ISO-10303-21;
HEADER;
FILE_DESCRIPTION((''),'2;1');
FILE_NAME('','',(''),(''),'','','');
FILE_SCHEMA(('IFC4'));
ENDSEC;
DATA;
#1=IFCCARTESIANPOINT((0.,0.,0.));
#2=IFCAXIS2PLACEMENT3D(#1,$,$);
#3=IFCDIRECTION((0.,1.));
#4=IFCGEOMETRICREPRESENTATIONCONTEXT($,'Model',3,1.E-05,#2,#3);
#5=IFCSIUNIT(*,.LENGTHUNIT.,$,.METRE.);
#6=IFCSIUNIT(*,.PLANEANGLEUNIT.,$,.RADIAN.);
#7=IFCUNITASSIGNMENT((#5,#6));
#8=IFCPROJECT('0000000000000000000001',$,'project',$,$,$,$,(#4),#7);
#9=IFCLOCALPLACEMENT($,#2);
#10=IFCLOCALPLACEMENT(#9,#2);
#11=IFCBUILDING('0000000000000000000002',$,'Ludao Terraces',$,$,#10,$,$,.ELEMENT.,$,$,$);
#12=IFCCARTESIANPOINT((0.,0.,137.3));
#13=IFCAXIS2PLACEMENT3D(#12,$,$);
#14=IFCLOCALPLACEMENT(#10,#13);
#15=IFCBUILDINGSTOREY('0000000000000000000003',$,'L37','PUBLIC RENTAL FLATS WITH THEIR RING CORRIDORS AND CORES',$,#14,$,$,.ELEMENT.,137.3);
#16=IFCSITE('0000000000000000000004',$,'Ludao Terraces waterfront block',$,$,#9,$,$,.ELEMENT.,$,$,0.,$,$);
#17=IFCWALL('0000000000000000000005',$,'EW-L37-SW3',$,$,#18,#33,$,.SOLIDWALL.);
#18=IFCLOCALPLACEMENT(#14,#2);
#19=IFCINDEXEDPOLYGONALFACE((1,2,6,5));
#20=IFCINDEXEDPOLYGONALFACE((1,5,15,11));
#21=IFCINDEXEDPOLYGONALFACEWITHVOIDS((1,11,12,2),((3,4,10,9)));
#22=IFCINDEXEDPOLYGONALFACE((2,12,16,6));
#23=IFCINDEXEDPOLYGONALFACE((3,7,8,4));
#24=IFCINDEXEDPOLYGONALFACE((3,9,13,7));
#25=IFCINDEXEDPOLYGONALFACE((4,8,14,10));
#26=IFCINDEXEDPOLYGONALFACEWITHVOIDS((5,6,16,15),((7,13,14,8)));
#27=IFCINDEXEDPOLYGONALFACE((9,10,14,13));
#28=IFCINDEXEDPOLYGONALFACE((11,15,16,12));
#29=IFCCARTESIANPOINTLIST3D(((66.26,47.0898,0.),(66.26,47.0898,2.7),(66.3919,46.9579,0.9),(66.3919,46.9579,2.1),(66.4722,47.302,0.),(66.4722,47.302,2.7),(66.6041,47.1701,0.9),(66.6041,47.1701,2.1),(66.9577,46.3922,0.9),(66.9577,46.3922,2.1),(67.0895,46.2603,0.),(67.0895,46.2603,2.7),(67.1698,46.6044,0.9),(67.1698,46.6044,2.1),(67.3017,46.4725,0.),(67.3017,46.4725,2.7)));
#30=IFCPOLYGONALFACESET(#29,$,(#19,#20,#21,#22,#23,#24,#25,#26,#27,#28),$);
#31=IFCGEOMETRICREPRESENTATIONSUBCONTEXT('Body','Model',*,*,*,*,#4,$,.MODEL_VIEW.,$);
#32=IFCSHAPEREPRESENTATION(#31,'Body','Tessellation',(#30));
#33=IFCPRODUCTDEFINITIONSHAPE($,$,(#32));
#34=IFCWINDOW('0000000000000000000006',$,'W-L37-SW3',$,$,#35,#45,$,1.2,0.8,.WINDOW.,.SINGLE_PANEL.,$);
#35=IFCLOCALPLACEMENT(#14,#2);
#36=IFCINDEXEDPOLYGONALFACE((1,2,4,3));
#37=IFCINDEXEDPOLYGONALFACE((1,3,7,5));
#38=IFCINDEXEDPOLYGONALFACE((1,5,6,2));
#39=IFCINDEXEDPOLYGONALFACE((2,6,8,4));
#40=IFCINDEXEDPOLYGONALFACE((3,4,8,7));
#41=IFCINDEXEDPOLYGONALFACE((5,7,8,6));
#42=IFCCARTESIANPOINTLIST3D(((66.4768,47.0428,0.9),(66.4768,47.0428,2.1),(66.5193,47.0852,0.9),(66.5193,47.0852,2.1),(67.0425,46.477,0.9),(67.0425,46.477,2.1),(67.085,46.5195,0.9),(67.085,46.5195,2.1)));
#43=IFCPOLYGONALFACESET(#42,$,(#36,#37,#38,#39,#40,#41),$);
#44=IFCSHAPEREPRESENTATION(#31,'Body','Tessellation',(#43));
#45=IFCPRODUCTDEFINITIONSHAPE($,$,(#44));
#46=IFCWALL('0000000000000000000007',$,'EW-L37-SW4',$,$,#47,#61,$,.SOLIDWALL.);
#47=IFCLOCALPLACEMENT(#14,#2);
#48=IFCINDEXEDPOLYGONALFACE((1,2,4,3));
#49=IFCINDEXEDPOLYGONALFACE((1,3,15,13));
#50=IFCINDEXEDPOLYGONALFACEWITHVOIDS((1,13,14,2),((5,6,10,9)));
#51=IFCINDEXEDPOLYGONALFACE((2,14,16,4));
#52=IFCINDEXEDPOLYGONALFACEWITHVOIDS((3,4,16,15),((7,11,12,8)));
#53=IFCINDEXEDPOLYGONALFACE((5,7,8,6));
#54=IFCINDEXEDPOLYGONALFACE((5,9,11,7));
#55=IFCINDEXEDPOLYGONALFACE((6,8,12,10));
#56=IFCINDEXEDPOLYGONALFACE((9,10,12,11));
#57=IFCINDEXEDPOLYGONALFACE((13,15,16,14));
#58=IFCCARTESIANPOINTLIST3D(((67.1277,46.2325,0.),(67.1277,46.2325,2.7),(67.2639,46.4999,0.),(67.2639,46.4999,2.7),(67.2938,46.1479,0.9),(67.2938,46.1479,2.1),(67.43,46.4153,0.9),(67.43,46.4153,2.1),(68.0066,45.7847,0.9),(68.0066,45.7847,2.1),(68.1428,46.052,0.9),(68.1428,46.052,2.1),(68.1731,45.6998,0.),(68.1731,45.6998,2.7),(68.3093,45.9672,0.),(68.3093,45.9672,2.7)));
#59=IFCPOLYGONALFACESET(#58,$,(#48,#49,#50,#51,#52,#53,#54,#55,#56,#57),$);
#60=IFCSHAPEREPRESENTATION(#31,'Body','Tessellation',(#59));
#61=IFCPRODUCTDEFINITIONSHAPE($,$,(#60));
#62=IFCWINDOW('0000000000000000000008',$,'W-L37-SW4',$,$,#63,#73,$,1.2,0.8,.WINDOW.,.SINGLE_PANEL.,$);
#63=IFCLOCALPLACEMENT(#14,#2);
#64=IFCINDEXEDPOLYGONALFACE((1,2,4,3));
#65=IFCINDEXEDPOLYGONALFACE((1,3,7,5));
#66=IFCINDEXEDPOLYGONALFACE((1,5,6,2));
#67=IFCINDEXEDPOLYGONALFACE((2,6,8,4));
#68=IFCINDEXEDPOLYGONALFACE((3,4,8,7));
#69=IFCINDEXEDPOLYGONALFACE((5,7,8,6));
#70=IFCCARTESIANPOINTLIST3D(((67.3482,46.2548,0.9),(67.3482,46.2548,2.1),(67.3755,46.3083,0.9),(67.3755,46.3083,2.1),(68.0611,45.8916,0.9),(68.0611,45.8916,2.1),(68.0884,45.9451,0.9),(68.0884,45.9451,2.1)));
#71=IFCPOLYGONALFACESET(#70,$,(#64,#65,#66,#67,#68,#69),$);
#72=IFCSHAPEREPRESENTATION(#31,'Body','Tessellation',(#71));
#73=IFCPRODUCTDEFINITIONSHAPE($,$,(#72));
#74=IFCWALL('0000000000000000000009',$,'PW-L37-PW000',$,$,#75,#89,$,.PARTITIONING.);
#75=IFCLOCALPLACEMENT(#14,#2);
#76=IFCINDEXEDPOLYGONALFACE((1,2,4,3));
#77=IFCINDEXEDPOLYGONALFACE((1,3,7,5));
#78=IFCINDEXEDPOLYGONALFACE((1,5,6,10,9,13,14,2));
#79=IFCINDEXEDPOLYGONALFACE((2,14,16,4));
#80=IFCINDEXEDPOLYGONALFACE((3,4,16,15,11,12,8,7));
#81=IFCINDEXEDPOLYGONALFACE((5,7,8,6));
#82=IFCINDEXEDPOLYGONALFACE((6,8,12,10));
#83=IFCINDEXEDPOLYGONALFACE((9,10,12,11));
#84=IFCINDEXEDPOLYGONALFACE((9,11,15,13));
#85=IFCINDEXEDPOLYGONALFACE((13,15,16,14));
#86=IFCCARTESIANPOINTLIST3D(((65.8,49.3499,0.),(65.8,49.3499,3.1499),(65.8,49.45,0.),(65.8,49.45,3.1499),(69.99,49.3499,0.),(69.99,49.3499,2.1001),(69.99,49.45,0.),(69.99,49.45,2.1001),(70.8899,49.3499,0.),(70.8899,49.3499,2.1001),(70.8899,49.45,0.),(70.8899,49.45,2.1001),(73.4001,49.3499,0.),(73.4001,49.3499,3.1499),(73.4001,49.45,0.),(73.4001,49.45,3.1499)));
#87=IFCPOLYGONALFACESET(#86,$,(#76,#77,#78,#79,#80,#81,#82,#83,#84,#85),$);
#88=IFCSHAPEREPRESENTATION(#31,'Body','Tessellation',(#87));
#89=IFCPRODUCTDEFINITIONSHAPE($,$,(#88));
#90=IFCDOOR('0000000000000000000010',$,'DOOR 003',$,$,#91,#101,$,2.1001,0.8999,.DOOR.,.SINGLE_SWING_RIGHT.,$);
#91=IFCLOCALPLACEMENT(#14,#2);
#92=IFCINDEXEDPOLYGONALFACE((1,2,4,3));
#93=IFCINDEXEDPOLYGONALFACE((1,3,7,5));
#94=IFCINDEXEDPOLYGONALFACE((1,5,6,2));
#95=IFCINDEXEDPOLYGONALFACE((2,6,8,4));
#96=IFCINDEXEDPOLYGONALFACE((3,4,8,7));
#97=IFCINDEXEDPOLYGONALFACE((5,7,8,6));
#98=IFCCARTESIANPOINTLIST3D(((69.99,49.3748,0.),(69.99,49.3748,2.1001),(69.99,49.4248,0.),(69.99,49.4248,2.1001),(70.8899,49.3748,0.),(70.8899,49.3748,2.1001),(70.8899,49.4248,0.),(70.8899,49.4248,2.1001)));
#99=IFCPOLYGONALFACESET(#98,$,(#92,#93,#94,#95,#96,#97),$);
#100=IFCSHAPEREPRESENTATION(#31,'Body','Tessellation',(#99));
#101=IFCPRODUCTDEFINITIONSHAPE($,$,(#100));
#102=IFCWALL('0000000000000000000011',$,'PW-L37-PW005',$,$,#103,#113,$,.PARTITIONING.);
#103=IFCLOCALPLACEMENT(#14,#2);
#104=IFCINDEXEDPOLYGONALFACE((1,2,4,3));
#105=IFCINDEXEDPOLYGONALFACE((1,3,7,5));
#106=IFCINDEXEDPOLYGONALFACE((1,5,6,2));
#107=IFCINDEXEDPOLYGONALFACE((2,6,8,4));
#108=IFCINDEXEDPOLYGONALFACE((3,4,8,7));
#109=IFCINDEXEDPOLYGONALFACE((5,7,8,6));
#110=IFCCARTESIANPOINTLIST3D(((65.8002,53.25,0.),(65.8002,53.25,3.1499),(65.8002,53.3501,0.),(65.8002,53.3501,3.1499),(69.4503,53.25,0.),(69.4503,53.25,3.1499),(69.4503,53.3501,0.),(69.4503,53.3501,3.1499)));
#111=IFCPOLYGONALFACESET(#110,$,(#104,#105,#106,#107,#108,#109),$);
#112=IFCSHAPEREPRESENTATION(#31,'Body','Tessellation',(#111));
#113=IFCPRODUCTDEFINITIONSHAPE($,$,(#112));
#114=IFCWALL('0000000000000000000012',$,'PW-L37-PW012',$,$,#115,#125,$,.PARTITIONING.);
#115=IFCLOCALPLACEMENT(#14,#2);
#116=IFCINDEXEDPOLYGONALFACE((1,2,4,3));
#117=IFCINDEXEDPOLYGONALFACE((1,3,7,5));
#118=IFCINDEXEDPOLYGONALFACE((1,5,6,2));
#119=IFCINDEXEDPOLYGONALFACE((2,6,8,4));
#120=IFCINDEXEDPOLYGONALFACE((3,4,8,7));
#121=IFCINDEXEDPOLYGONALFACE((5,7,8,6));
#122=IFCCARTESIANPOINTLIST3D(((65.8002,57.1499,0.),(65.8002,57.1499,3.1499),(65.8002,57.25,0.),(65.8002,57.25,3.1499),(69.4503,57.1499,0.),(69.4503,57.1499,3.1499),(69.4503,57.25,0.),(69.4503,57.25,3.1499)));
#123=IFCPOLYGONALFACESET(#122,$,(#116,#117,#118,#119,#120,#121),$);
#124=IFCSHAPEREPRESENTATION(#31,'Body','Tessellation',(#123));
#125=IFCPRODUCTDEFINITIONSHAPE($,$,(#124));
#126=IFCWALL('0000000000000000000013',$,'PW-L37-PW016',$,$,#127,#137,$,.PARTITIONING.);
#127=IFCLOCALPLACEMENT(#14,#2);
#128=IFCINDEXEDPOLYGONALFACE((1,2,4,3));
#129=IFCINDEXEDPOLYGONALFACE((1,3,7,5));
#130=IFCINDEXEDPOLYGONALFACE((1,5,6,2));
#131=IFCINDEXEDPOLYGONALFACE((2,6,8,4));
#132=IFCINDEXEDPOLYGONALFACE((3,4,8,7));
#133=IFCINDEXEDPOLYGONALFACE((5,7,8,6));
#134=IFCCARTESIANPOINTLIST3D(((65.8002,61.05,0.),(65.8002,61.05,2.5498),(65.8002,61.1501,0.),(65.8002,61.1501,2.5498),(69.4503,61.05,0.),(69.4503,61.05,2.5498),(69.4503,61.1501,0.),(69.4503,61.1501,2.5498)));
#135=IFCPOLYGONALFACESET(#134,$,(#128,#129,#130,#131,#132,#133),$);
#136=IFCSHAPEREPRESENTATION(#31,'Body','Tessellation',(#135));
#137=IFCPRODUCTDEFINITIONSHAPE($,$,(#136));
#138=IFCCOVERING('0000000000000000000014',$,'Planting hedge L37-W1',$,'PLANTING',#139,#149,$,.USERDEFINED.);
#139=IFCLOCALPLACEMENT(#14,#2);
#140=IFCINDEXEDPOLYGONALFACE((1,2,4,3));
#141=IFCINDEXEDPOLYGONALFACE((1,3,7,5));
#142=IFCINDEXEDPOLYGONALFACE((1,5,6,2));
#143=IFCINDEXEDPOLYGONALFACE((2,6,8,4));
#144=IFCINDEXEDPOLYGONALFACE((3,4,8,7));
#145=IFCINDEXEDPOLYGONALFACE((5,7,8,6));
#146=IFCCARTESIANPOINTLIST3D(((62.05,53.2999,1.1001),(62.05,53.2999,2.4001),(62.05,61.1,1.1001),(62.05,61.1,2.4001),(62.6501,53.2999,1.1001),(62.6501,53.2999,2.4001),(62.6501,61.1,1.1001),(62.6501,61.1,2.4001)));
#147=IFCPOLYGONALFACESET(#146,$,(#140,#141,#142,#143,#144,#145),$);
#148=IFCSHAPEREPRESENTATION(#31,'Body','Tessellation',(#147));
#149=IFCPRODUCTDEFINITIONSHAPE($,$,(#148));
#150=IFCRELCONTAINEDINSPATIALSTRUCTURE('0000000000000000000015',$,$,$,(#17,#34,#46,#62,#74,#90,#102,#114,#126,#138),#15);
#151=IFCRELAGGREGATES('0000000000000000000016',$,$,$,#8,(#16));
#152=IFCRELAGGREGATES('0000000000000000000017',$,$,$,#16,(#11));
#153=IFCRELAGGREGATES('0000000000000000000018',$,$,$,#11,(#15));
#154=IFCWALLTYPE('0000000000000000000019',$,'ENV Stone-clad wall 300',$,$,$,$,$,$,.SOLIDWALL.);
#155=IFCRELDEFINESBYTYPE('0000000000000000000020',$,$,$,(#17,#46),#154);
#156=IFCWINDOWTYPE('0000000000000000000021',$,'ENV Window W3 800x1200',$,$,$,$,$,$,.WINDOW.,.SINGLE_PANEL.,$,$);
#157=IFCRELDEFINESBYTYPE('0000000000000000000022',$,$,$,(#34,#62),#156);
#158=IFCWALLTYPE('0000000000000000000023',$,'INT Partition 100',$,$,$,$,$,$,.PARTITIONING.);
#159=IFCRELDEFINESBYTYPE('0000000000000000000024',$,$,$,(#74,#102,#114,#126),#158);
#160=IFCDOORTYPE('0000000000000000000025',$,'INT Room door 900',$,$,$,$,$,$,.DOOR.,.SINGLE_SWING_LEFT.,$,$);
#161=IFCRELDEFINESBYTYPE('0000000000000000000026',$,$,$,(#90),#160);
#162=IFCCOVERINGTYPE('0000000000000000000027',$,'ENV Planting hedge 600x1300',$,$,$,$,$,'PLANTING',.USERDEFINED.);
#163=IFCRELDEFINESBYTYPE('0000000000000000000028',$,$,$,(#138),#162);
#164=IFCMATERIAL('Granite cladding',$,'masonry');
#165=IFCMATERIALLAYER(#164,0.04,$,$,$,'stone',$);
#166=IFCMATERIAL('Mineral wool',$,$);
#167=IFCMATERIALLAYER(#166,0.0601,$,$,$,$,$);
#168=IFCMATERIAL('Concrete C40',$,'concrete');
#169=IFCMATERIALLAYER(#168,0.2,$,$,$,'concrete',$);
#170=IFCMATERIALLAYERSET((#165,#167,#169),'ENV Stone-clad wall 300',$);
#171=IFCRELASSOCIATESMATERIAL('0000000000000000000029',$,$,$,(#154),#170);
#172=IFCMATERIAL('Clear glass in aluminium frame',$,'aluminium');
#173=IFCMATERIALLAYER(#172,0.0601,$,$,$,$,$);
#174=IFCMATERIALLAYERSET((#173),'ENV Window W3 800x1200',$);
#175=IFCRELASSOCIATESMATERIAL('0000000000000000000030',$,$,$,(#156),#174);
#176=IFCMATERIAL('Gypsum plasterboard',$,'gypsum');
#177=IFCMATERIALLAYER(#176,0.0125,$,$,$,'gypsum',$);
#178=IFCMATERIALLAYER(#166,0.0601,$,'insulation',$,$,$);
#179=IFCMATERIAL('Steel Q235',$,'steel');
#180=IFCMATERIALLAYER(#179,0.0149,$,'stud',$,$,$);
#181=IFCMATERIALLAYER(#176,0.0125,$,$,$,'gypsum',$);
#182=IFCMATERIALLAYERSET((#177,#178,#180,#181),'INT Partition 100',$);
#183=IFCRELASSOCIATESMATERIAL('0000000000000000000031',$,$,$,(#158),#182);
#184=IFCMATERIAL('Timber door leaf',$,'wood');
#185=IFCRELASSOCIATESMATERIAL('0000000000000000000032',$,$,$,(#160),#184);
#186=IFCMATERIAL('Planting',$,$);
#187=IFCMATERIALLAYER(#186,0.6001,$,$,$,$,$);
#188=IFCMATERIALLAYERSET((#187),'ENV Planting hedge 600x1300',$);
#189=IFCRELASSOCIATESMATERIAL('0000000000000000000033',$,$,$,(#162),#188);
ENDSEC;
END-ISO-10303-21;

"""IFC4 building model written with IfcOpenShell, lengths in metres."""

from ifc_helpers import new_model, si_unit, direction, frame, frame_2d, origin, origin_2d, place, context, subcontext, project, spatial, rectangle, extrude, material, layer, layer_set, type_object, element, fill, save


model = new_model("IFC4")

# Units and contexts
model_context = context("Model", 3, precision=1e-05, world=origin(), true_north=direction((0.0, 1.0)))
body_context = subcontext(model_context, "Body", "Model", "MODEL_VIEW")
ifc_project = project(units=[si_unit("LENGTHUNIT", "METRE"), si_unit("PLANEANGLEUNIT", "RADIAN")], contexts=[model_context])

# Site, building, storey
site_placement = place(None, origin())
site = spatial("IfcSite", under=ifc_project, at=site_placement, Name="Ludao Terraces waterfront block", CompositionType="ELEMENT", RefElevation=0.0)
building_placement = place(site_placement, origin())
building = spatial("IfcBuilding", under=site, at=building_placement, Name="Ludao Terraces", CompositionType="ELEMENT")
storey_placement = place(building_placement, frame((0.0, 0.0, 137.3)))
storey = spatial("IfcBuildingStorey", under=building, at=storey_placement, Name="L37", Description="PUBLIC RENTAL FLATS WITH THEIR RING CORRIDORS AND CORES", CompositionType="ELEMENT", Elevation=137.3)

# Shared definitions
ifc_material_1 = material(Name="Concrete C40", Category="concrete")

# Shared definitions
ifc_material_2 = material(Name="Granite cladding", Category="masonry")
ifc_layer_1 = layer(ifc_material_2, 0.04, Category="stone")
ifc_material_3 = material(Name="Mineral wool")
ifc_layer_2 = layer(ifc_material_3, 0.0601)
ifc_layer_3 = layer(ifc_material_1, 0.2, Category="concrete")
ifc_layer_set_1 = layer_set([ifc_layer_1, ifc_layer_2, ifc_layer_3], Name="ENV Stone-clad wall 300")
wall_type_1 = type_object("IfcWallType", Name="ENV Stone-clad wall 300", PredefinedType="SOLIDWALL", material=ifc_layer_set_1)
ifc_material_4 = material(Name="Clear glass in aluminium frame", Category="aluminium")

# Walls, openings, windows
ifc_layer_4 = layer(ifc_material_4, 0.0601)
ifc_layer_set_2 = layer_set([ifc_layer_4], Name="ENV Window W3 800x1200")
window_type_1 = type_object("IfcWindowType", Name="ENV Window W3 800x1200", PartitioningType="SINGLE_PANEL", PredefinedType="WINDOW", material=ifc_layer_set_2)
wall_1_placement = place(storey_placement, frame((66.3662, 47.1958, 0.0), z_axis=(0.0, 0.0, 1.0), x_axis=(0.707107, -0.707107, 0.0)))
wall_1 = element("IfcWall", 1, at=wall_1_placement, inside=storey, type_object=wall_type_1, Name="EW-L37-SW3", PredefinedType="SOLIDWALL", context=body_context, shape_type="SweptSolid", body=[
    extrude(rectangle(XDim=1.1731, YDim=0.3, at=frame_2d((0.5864, 0.0))), origin(), (0.0, 0.0, 1.0), 2.7),
])
opening_1_placement = place(wall_1_placement, frame((0.1865, 0.0, 0.8999)))
opening_1 = element("IfcOpeningElement", 2, at=opening_1_placement, cuts=wall_1, PredefinedType="OPENING", context=body_context, shape_type="SweptSolid", body=[
    extrude(rectangle(XDim=0.8, YDim=1.2, at=frame_2d((0.3999, 0.6001))), frame((0.0, 0.1602, 0.0), z_axis=(0.0, -1.0, 0.0), x_axis=(1.0, 0.0, 0.0)), (0.0, 0.0, 1.0), 0.3201),
])
window_1_placement = place(opening_1_placement, origin())
window_1 = element("IfcWindow", 3, at=window_1_placement, inside=storey, type_object=window_type_1, Name="W-L37-SW3", OverallHeight=1.2, OverallWidth=0.8, PartitioningType="SINGLE_PANEL", PredefinedType="WINDOW", context=body_context, shape_type="SweptSolid", body=[
    extrude(rectangle(XDim=0.8, YDim=1.2, at=frame_2d((0.3999, 0.6001))), frame((0.0, 0.03, 0.0), z_axis=(0.0, -1.0, 0.0), x_axis=(1.0, 0.0, 0.0)), (0.0, 0.0, 1.0), 0.0601),
])
fill(opening_1, window_1)
wall_2_placement = place(storey_placement, frame((67.1958, 46.3662, 0.0), z_axis=(0.0, 0.0, 1.0), x_axis=(0.890989, -0.454026, 0.0)))
wall_2 = element("IfcWall", 4, at=wall_2_placement, inside=storey, type_object=wall_type_1, Name="EW-L37-SW4", PredefinedType="SOLIDWALL", context=body_context, shape_type="SweptSolid", body=[
    extrude(rectangle(XDim=1.1733, YDim=0.3, at=frame_2d((0.5867, 0.0))), origin(), (0.0, 0.0, 1.0), 2.7),
])
opening_2_placement = place(wall_2_placement, frame((0.1865, 0.0, 0.8999)))
opening_2 = element("IfcOpeningElement", 5, at=opening_2_placement, cuts=wall_2, PredefinedType="OPENING", context=body_context, shape_type="SweptSolid", body=[
    extrude(rectangle(XDim=0.8, YDim=1.2, at=frame_2d((0.3999, 0.6001))), frame((0.0, 0.1602, 0.0), z_axis=(0.0, -1.0, 0.0), x_axis=(1.0, 0.0, 0.0)), (0.0, 0.0, 1.0), 0.3201),
])
window_2_placement = place(opening_2_placement, origin())
window_2 = element("IfcWindow", 6, at=window_2_placement, inside=storey, type_object=window_type_1, Name="W-L37-SW4", OverallHeight=1.2, OverallWidth=0.8, PartitioningType="SINGLE_PANEL", PredefinedType="WINDOW", context=body_context, shape_type="SweptSolid", body=[
    extrude(rectangle(XDim=0.8, YDim=1.2, at=frame_2d((0.3999, 0.6001))), frame((0.0, 0.03, 0.0), z_axis=(0.0, -1.0, 0.0), x_axis=(1.0, 0.0, 0.0)), (0.0, 0.0, 1.0), 0.0601),
])
fill(opening_2, window_2)

# Wall, opening, door
ifc_material_5 = material(Name="Gypsum plasterboard", Category="gypsum")
ifc_layer_5 = layer(ifc_material_5, 0.0125, Category="gypsum")
ifc_layer_6 = layer(ifc_material_3, 0.0601, Name="insulation")
ifc_material_6 = material(Name="Steel Q235", Category="steel")
ifc_layer_7 = layer(ifc_material_6, 0.0149, Name="stud")
ifc_layer_8 = layer(ifc_material_5, 0.0125, Category="gypsum")
ifc_layer_set_3 = layer_set([ifc_layer_5, ifc_layer_6, ifc_layer_7, ifc_layer_8], Name="INT Partition 100")
wall_type_2 = type_object("IfcWallType", Name="INT Partition 100", PredefinedType="PARTITIONING", material=ifc_layer_set_3)
wall_3_placement = place(storey_placement, frame((65.8, 49.3999, 0.0), z_axis=(0.0, 0.0, 1.0), x_axis=(1.0, 0.0, 0.0)))
wall_3 = element("IfcWall", 7, at=wall_3_placement, inside=storey, type_object=wall_type_2, Name="PW-L37-PW000", PredefinedType="PARTITIONING", context=body_context, shape_type="SweptSolid", body=[
    extrude(rectangle(XDim=7.6001, YDim=0.1001, at=frame_2d((3.8, 0.0))), origin(), (0.0, 0.0, 1.0), 3.1499),
])
opening_3_placement = place(wall_3_placement, frame((4.1899, 0.0, 0.0)))
opening_3 = element("IfcOpeningElement", 8, at=opening_3_placement, cuts=wall_3, PredefinedType="OPENING", context=body_context, shape_type="SweptSolid", body=[
    extrude(rectangle(XDim=0.8999, YDim=2.1001, at=frame_2d((0.45, 1.05))), frame((0.0, 0.0601, 0.0), z_axis=(0.0, -1.0, 0.0), x_axis=(1.0, 0.0, 0.0)), (0.0, 0.0, 1.0), 0.1201),
])
ifc_material_7 = material(Name="Timber door leaf", Category="wood")
door_type_1 = type_object("IfcDoorType", Name="INT Room door 900", OperationType="SINGLE_SWING_LEFT", PredefinedType="DOOR", material=ifc_material_7)
door_1_placement = place(opening_3_placement, origin())
door_1 = element("IfcDoor", 9, at=door_1_placement, inside=storey, type_object=door_type_1, Name="DOOR 003", OperationType="SINGLE_SWING_RIGHT", OverallHeight=2.1001, OverallWidth=0.8999, PredefinedType="DOOR", context=body_context, shape_type="SweptSolid", body=[
    extrude(rectangle(XDim=0.8999, YDim=2.1001, at=frame_2d((0.45, 1.05))), frame((0.0, 0.0249, 0.0), z_axis=(0.0, -1.0, 0.0), x_axis=(1.0, 0.0, 0.0)), (0.0, 0.0, 1.0), 0.05),
])
fill(opening_3, door_1)

# Walls
for number, where, z_axis, x_axis, name in (
    (10, (65.8, 53.3, 0.0), (0.0, 0.0, 1.0), (1.0, 0.0, 0.0), "PW-L37-PW005"),
    (11, (65.8, 57.2, 0.0), (0.0, 0.0, 1.0), (1.0, 0.0, 0.0), "PW-L37-PW012"),
):
    element("IfcWall", number, at=place(storey_placement, frame(where, z_axis=z_axis, x_axis=x_axis)), inside=storey, type_object=wall_type_2, Name=name, PredefinedType="PARTITIONING", context=body_context, shape_type="SweptSolid", body=[
        extrude(rectangle(XDim=3.6501, YDim=0.1001, at=frame_2d((1.8252, 0.0))), origin(), (0.0, 0.0, 1.0), 3.1499),
    ])
wall_4_placement = place(storey_placement, frame((65.8, 61.1001, 0.0), z_axis=(0.0, 0.0, 1.0), x_axis=(1.0, 0.0, 0.0)))
element("IfcWall", 12, at=wall_4_placement, inside=storey, type_object=wall_type_2, Name="PW-L37-PW016", PredefinedType="PARTITIONING", context=body_context, shape_type="SweptSolid", body=[
    extrude(rectangle(XDim=3.6501, YDim=0.1001, at=frame_2d((1.8252, 0.0))), origin(), (0.0, 0.0, 1.0), 2.5498),
])

# Covering
ifc_material_8 = material(Name="Planting")
ifc_layer_9 = layer(ifc_material_8, 0.6001)
ifc_layer_set_4 = layer_set([ifc_layer_9], Name="ENV Planting hedge 600x1300")
covering_type = type_object("IfcCoveringType", Name="ENV Planting hedge 600x1300", ElementType="PLANTING", PredefinedType="USERDEFINED", material=ifc_layer_set_4)
covering_placement = place(storey_placement, frame((62.3501, 57.2, 1.1001), z_axis=(0.0, 0.0, 1.0), x_axis=(1.0, 0.0, 0.0)))
element("IfcCovering", 13, at=covering_placement, inside=storey, type_object=covering_type, Name="Planting hedge L37-W1", ObjectType="PLANTING", PredefinedType="USERDEFINED", context=body_context, shape_type="SweptSolid", body=[
    extrude(rectangle(XDim=0.6001, YDim=7.8, at=origin_2d()), origin(), (0.0, 0.0, 1.0), 1.3),
])

save(model, "model.ifc")
